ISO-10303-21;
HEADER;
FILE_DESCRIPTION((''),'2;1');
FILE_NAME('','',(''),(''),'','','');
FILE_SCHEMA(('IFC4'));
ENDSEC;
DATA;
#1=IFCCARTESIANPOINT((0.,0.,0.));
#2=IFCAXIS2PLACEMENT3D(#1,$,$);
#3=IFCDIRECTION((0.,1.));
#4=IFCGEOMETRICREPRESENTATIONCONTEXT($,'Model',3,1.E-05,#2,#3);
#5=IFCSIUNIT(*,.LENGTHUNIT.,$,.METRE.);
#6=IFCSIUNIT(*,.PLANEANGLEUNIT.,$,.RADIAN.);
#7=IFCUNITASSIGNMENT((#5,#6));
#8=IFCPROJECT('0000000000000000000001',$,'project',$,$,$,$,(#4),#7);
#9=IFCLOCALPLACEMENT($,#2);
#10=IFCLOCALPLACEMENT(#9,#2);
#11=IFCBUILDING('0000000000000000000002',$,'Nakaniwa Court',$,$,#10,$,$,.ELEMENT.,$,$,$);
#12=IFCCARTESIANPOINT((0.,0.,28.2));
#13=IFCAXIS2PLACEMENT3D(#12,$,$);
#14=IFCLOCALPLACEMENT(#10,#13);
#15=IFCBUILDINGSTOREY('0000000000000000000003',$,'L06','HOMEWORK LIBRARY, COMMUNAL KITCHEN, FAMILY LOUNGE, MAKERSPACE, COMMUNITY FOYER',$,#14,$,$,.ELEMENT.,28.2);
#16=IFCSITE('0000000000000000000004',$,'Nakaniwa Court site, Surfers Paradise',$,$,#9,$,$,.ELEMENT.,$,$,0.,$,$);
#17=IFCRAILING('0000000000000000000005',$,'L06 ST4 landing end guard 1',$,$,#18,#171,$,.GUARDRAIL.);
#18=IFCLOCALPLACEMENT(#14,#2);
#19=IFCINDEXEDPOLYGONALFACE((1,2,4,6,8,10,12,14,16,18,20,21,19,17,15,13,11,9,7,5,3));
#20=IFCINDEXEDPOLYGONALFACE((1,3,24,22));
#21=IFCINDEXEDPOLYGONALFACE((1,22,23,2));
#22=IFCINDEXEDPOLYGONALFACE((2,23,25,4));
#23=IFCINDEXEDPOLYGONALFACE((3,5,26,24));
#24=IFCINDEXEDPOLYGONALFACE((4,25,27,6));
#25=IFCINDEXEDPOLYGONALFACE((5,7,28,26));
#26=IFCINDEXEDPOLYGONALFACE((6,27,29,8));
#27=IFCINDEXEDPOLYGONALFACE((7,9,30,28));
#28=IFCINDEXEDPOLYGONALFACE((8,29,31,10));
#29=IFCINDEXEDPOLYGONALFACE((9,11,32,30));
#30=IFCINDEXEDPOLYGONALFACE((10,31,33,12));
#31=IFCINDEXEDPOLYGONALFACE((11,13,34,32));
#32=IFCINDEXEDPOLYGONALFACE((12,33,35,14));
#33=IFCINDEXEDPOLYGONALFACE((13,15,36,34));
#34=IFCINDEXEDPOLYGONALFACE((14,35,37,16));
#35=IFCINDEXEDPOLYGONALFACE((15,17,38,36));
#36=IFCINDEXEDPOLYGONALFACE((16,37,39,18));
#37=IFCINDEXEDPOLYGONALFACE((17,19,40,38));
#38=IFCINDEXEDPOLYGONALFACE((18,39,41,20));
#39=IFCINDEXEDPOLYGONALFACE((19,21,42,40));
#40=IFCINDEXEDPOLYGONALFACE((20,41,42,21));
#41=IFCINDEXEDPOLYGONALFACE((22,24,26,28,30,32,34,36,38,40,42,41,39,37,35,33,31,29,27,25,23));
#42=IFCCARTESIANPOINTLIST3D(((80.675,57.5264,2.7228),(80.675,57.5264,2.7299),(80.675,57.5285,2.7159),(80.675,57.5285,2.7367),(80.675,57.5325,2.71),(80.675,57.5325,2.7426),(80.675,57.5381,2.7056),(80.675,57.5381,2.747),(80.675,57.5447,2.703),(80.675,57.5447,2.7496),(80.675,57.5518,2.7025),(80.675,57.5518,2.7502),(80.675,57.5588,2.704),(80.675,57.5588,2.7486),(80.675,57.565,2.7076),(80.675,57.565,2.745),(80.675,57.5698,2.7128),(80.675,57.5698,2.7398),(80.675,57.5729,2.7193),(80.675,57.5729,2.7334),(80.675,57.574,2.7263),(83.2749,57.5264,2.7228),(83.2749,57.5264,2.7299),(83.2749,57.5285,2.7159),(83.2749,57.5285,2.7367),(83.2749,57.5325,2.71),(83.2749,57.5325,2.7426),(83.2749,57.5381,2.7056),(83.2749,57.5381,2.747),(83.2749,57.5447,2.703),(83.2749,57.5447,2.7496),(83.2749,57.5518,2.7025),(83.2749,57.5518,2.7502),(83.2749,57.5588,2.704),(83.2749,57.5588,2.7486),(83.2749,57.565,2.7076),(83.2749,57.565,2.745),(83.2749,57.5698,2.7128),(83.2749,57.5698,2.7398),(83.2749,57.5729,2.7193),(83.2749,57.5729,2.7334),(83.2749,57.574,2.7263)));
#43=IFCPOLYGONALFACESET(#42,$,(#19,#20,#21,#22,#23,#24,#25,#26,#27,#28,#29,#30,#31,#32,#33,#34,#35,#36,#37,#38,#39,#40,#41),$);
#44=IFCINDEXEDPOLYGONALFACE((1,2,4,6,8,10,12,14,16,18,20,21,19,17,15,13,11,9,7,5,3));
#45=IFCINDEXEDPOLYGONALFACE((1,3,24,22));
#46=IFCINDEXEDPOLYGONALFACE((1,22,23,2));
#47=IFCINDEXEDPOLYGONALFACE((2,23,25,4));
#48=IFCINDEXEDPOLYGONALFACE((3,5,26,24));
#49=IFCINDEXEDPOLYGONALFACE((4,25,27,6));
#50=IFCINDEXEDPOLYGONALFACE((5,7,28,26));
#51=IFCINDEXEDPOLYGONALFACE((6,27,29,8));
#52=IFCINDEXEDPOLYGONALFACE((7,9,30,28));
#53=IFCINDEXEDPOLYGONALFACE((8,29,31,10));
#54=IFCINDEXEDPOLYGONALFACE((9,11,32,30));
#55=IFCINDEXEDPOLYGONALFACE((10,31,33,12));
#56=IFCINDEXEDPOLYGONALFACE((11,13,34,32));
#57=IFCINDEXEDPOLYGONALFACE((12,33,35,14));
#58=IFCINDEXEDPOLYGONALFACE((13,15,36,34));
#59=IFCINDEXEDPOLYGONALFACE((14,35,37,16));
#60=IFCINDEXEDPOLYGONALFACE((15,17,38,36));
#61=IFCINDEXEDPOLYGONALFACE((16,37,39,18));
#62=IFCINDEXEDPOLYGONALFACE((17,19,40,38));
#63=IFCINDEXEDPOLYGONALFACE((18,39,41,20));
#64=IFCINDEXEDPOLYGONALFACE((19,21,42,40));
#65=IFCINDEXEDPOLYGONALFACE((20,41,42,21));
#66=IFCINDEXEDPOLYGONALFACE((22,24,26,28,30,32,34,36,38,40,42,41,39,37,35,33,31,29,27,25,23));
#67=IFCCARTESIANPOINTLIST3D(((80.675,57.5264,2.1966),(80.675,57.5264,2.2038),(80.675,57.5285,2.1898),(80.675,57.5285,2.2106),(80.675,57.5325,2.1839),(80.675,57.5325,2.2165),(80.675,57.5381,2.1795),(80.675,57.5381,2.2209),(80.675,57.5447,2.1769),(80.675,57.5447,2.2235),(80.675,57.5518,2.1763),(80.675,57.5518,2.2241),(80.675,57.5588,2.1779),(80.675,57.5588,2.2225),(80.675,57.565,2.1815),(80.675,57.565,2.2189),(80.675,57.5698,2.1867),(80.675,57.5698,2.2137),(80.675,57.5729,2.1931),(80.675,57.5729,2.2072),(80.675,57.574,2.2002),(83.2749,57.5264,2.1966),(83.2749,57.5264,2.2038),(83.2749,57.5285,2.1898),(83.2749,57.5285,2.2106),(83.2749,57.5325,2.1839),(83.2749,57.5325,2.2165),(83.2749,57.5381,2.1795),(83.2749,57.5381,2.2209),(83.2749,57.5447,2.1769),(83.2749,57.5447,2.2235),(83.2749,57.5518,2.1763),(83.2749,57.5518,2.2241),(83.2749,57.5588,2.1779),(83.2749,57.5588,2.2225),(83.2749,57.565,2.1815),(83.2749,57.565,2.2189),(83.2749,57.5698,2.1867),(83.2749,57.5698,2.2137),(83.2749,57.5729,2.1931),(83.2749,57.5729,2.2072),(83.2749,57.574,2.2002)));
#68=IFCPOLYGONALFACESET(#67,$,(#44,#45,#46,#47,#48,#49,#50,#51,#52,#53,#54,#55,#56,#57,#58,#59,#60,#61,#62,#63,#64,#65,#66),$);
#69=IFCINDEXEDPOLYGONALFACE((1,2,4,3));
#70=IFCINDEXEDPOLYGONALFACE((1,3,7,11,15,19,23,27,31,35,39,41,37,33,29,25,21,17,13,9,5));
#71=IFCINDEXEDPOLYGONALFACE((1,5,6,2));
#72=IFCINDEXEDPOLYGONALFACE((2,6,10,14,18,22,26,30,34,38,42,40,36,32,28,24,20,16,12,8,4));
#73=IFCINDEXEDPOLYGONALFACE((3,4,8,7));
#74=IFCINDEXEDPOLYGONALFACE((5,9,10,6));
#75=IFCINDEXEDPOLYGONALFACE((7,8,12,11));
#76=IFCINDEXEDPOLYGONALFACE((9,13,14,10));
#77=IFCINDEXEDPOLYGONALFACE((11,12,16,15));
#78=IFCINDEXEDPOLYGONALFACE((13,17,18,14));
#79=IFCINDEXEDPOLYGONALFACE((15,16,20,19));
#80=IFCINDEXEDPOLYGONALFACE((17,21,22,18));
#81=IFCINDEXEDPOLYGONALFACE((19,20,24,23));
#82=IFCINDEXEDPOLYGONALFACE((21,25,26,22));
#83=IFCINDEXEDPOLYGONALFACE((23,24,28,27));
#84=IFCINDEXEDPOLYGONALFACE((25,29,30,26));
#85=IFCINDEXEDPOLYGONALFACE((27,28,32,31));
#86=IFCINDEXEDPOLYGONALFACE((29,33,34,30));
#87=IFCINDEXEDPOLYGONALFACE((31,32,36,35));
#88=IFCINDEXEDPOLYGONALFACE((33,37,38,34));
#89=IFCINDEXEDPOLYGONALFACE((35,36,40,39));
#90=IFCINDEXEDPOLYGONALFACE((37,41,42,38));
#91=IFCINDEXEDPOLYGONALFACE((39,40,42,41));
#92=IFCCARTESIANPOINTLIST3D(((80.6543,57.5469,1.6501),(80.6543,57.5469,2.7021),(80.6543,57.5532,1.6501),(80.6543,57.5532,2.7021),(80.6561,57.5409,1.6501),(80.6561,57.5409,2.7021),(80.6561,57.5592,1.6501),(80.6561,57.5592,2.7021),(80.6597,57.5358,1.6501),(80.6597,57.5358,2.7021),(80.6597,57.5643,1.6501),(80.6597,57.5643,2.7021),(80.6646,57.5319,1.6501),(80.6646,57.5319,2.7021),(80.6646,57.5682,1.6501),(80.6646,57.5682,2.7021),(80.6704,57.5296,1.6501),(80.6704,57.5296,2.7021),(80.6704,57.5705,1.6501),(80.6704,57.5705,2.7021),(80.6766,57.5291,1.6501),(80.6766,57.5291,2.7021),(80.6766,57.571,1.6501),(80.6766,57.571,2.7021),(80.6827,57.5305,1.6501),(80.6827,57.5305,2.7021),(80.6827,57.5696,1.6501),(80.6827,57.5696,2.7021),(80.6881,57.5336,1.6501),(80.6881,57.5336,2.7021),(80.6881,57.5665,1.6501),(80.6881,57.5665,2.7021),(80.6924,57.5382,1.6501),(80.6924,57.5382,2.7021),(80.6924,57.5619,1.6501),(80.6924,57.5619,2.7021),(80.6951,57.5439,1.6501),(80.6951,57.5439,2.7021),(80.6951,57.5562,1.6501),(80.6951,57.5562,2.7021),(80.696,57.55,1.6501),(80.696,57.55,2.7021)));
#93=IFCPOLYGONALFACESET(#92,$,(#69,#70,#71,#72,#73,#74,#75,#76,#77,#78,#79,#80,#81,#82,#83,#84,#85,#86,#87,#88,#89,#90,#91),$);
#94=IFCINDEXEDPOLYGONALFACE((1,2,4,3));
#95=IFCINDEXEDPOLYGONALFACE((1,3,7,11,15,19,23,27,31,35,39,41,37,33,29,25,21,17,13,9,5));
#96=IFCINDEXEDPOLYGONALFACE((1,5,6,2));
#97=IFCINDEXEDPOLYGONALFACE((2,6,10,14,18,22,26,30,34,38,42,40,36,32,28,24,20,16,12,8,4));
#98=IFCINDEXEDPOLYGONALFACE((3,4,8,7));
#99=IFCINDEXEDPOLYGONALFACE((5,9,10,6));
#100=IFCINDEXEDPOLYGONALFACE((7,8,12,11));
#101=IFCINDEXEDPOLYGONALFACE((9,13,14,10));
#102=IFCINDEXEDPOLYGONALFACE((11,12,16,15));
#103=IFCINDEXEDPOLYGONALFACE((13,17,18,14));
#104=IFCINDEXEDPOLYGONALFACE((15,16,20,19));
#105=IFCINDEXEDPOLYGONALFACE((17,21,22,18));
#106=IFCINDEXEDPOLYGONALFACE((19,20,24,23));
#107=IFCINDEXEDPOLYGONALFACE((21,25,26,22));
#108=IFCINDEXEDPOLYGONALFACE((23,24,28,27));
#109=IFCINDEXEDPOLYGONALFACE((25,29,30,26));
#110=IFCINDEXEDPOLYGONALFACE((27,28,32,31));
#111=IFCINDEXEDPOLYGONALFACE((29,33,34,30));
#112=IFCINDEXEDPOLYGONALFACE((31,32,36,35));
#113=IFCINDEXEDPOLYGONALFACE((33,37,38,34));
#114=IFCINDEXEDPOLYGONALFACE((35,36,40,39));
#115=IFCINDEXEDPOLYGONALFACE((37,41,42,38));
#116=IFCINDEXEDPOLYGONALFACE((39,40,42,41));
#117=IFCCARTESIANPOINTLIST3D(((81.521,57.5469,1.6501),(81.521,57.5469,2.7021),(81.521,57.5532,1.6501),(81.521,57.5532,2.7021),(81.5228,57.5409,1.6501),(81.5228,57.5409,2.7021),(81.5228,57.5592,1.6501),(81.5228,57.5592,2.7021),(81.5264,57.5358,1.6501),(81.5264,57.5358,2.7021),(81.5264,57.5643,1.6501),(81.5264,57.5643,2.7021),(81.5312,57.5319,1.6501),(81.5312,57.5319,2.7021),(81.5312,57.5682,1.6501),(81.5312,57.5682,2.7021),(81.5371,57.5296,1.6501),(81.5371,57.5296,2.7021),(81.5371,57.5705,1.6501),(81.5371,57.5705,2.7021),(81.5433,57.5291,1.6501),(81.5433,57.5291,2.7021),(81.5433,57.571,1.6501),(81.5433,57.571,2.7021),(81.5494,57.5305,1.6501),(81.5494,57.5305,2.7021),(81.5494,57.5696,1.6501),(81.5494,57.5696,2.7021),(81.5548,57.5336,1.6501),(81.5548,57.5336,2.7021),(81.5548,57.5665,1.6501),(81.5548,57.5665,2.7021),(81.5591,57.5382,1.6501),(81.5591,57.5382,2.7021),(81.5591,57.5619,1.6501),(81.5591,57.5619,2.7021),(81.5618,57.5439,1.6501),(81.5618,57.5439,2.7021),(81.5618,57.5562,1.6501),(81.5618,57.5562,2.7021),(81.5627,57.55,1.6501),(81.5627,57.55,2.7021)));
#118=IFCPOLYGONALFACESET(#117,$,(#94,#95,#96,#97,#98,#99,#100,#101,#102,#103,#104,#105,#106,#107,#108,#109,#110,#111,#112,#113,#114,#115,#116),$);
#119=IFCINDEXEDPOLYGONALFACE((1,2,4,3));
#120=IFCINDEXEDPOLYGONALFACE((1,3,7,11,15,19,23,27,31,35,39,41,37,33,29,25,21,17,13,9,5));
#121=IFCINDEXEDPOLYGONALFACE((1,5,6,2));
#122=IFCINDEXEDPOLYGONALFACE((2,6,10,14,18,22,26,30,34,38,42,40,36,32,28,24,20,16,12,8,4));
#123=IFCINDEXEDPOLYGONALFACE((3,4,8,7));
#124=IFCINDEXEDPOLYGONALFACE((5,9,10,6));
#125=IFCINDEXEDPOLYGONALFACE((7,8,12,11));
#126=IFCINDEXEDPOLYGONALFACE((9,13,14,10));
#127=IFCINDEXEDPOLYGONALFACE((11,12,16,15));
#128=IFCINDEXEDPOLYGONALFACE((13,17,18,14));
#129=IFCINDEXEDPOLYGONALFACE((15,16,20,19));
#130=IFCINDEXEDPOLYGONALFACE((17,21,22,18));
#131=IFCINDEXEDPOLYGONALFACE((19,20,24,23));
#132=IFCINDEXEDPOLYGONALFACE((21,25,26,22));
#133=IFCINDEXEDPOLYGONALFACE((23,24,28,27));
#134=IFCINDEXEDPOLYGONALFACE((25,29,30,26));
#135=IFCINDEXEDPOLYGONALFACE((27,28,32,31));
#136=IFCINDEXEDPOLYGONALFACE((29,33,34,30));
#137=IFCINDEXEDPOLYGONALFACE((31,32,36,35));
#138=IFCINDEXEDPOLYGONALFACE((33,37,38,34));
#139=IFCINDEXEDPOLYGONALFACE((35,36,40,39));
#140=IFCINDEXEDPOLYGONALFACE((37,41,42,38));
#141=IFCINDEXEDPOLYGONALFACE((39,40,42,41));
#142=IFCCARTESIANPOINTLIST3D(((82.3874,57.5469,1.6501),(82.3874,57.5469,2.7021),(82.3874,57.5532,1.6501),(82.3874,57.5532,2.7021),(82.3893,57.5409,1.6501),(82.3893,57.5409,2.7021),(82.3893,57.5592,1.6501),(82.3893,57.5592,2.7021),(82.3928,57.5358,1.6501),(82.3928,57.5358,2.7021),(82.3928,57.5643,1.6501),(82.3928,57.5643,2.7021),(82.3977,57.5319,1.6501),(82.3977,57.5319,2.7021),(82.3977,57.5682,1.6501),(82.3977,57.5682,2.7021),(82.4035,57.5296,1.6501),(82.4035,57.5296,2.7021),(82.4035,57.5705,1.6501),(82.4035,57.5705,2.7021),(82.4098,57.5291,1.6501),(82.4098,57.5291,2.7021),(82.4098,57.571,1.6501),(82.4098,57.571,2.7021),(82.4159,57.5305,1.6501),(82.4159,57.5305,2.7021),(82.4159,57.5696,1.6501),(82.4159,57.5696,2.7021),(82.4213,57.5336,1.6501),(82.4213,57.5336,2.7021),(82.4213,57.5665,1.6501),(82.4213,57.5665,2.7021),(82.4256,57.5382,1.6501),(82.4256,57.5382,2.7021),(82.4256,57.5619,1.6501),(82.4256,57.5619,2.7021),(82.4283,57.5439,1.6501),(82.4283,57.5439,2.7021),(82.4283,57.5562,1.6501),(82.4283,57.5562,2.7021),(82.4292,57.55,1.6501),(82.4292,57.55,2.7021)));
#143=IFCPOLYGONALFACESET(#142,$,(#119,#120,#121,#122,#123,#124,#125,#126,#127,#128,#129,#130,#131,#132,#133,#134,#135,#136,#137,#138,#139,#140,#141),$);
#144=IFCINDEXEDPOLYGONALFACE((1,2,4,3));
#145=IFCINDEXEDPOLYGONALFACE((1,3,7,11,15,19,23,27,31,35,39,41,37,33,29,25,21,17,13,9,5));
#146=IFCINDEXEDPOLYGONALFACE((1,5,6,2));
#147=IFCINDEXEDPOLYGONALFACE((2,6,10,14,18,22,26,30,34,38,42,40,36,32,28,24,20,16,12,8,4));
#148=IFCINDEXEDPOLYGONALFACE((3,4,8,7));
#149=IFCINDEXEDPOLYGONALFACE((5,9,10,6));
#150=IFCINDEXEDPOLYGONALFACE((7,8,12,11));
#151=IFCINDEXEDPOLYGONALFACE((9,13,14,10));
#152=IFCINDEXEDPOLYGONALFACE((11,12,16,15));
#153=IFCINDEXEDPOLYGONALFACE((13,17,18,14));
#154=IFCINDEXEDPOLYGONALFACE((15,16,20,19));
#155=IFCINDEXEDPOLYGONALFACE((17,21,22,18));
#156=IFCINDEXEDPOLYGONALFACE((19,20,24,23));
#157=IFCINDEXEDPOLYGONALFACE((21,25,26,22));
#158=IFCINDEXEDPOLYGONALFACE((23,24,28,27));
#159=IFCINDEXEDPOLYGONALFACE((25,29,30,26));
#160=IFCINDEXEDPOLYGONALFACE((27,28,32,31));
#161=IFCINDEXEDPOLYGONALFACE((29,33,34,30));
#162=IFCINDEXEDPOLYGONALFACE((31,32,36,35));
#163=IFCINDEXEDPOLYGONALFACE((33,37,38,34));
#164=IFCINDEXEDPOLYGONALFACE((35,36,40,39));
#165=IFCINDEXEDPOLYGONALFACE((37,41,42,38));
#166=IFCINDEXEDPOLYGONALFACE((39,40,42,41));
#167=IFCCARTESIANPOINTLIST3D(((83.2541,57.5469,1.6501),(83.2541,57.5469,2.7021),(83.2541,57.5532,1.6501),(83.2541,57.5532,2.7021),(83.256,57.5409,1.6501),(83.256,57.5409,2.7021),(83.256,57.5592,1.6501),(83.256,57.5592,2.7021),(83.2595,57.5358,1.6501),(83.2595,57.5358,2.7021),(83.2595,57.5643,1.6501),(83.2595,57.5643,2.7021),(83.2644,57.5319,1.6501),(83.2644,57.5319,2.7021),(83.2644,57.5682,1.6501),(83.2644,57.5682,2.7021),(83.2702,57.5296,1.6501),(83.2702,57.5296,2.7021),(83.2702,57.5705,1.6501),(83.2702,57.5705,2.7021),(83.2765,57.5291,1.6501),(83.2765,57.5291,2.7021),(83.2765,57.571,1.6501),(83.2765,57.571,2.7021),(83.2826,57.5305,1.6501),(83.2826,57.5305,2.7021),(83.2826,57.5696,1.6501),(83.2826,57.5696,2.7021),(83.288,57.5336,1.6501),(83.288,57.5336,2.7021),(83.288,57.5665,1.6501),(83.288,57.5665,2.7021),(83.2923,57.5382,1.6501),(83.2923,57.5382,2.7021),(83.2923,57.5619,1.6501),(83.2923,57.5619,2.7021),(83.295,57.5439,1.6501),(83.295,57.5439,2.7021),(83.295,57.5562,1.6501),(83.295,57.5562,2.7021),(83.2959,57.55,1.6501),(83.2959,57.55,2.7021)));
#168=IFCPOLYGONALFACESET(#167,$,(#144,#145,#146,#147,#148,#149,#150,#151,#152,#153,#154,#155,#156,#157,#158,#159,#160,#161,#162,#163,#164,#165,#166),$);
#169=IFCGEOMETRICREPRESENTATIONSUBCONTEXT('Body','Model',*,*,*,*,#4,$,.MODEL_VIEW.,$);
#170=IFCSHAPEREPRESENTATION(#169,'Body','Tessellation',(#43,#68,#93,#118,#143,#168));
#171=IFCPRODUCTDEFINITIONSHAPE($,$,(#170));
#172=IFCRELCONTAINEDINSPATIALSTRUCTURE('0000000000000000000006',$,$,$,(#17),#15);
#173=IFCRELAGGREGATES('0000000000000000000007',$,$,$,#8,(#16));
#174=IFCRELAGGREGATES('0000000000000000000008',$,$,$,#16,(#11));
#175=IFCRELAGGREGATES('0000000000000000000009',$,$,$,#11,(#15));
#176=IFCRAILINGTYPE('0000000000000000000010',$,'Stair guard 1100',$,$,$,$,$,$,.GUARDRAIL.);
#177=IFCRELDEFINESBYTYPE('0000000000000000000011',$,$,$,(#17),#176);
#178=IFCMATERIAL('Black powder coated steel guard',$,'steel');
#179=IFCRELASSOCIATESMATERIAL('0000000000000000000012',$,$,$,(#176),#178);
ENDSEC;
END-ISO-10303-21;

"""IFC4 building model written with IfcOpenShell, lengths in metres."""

from ifc_helpers import new_model, si_unit, direction, frame, origin, origin_2d, place, context, subcontext, project, spatial, circle, extrude, material, type_object, element, save


model = new_model("IFC4")

# Units and contexts
model_context = context("Model", 3, precision=1e-05, world=origin(), true_north=direction((0.0, 1.0)))
body_context = subcontext(model_context, "Body", "Model", "MODEL_VIEW")
ifc_project = project(units=[si_unit("LENGTHUNIT", "METRE"), si_unit("PLANEANGLEUNIT", "RADIAN")], contexts=[model_context])

# Site, building, storey
site_placement = place(None, origin())
site = spatial("IfcSite", under=ifc_project, at=site_placement, Name="Nakaniwa Court site, Surfers Paradise", CompositionType="ELEMENT", RefElevation=0.0)
building_placement = place(site_placement, origin())
building = spatial("IfcBuilding", under=site, at=building_placement, Name="Nakaniwa Court", CompositionType="ELEMENT")
storey_placement = place(building_placement, frame((0.0, 0.0, 28.2)))
storey = spatial("IfcBuildingStorey", under=building, at=storey_placement, Name="L06", Description="HOMEWORK LIBRARY, COMMUNAL KITCHEN, FAMILY LOUNGE, MAKERSPACE, COMMUNITY FOYER", CompositionType="ELEMENT", Elevation=28.2)

# Railing
ifc_material_1 = material(Name="Black powder coated steel guard", Category="steel")
railing_type_1 = type_object("IfcRailingType", Name="Stair guard 1100", PredefinedType="GUARDRAIL", material=ifc_material_1)
railing_1_placement = place(storey_placement, frame((80.675, 57.55, 1.6501)))
element("IfcRailing", 1, at=railing_1_placement, inside=storey, type_object=railing_type_1, Name="L06 ST4 landing end guard 1", PredefinedType="GUARDRAIL", context=body_context, shape_type="SweptSolid", body=[
    extrude(circle(Radius=0.0239, at=origin_2d()), frame((0.0, 0.0, 1.0762), z_axis=(1.0, 0.0, 0.0), x_axis=(0.0, 1.0, 0.0)), (0.0, 0.0, 1.0), 2.5999),
    extrude(circle(Radius=0.0239, at=origin_2d()), frame((0.0, 0.0, 0.55), z_axis=(1.0, 0.0, 0.0), x_axis=(0.0, 1.0, 0.0)), (0.0, 0.0, 1.0), 2.5999),
    extrude(circle(Radius=0.021, at=origin_2d()), origin(), (0.0, 0.0, 1.0), 1.052),
    extrude(circle(Radius=0.021, at=origin_2d()), frame((0.8667, 0.0, 0.0)), (0.0, 0.0, 1.0), 1.052),
    extrude(circle(Radius=0.021, at=origin_2d()), frame((1.7332, 0.0, 0.0)), (0.0, 0.0, 1.0), 1.052),
    extrude(circle(Radius=0.021, at=origin_2d()), frame((2.5999, 0.0, 0.0)), (0.0, 0.0, 1.0), 1.052),
])

save(model, "model.ifc")
